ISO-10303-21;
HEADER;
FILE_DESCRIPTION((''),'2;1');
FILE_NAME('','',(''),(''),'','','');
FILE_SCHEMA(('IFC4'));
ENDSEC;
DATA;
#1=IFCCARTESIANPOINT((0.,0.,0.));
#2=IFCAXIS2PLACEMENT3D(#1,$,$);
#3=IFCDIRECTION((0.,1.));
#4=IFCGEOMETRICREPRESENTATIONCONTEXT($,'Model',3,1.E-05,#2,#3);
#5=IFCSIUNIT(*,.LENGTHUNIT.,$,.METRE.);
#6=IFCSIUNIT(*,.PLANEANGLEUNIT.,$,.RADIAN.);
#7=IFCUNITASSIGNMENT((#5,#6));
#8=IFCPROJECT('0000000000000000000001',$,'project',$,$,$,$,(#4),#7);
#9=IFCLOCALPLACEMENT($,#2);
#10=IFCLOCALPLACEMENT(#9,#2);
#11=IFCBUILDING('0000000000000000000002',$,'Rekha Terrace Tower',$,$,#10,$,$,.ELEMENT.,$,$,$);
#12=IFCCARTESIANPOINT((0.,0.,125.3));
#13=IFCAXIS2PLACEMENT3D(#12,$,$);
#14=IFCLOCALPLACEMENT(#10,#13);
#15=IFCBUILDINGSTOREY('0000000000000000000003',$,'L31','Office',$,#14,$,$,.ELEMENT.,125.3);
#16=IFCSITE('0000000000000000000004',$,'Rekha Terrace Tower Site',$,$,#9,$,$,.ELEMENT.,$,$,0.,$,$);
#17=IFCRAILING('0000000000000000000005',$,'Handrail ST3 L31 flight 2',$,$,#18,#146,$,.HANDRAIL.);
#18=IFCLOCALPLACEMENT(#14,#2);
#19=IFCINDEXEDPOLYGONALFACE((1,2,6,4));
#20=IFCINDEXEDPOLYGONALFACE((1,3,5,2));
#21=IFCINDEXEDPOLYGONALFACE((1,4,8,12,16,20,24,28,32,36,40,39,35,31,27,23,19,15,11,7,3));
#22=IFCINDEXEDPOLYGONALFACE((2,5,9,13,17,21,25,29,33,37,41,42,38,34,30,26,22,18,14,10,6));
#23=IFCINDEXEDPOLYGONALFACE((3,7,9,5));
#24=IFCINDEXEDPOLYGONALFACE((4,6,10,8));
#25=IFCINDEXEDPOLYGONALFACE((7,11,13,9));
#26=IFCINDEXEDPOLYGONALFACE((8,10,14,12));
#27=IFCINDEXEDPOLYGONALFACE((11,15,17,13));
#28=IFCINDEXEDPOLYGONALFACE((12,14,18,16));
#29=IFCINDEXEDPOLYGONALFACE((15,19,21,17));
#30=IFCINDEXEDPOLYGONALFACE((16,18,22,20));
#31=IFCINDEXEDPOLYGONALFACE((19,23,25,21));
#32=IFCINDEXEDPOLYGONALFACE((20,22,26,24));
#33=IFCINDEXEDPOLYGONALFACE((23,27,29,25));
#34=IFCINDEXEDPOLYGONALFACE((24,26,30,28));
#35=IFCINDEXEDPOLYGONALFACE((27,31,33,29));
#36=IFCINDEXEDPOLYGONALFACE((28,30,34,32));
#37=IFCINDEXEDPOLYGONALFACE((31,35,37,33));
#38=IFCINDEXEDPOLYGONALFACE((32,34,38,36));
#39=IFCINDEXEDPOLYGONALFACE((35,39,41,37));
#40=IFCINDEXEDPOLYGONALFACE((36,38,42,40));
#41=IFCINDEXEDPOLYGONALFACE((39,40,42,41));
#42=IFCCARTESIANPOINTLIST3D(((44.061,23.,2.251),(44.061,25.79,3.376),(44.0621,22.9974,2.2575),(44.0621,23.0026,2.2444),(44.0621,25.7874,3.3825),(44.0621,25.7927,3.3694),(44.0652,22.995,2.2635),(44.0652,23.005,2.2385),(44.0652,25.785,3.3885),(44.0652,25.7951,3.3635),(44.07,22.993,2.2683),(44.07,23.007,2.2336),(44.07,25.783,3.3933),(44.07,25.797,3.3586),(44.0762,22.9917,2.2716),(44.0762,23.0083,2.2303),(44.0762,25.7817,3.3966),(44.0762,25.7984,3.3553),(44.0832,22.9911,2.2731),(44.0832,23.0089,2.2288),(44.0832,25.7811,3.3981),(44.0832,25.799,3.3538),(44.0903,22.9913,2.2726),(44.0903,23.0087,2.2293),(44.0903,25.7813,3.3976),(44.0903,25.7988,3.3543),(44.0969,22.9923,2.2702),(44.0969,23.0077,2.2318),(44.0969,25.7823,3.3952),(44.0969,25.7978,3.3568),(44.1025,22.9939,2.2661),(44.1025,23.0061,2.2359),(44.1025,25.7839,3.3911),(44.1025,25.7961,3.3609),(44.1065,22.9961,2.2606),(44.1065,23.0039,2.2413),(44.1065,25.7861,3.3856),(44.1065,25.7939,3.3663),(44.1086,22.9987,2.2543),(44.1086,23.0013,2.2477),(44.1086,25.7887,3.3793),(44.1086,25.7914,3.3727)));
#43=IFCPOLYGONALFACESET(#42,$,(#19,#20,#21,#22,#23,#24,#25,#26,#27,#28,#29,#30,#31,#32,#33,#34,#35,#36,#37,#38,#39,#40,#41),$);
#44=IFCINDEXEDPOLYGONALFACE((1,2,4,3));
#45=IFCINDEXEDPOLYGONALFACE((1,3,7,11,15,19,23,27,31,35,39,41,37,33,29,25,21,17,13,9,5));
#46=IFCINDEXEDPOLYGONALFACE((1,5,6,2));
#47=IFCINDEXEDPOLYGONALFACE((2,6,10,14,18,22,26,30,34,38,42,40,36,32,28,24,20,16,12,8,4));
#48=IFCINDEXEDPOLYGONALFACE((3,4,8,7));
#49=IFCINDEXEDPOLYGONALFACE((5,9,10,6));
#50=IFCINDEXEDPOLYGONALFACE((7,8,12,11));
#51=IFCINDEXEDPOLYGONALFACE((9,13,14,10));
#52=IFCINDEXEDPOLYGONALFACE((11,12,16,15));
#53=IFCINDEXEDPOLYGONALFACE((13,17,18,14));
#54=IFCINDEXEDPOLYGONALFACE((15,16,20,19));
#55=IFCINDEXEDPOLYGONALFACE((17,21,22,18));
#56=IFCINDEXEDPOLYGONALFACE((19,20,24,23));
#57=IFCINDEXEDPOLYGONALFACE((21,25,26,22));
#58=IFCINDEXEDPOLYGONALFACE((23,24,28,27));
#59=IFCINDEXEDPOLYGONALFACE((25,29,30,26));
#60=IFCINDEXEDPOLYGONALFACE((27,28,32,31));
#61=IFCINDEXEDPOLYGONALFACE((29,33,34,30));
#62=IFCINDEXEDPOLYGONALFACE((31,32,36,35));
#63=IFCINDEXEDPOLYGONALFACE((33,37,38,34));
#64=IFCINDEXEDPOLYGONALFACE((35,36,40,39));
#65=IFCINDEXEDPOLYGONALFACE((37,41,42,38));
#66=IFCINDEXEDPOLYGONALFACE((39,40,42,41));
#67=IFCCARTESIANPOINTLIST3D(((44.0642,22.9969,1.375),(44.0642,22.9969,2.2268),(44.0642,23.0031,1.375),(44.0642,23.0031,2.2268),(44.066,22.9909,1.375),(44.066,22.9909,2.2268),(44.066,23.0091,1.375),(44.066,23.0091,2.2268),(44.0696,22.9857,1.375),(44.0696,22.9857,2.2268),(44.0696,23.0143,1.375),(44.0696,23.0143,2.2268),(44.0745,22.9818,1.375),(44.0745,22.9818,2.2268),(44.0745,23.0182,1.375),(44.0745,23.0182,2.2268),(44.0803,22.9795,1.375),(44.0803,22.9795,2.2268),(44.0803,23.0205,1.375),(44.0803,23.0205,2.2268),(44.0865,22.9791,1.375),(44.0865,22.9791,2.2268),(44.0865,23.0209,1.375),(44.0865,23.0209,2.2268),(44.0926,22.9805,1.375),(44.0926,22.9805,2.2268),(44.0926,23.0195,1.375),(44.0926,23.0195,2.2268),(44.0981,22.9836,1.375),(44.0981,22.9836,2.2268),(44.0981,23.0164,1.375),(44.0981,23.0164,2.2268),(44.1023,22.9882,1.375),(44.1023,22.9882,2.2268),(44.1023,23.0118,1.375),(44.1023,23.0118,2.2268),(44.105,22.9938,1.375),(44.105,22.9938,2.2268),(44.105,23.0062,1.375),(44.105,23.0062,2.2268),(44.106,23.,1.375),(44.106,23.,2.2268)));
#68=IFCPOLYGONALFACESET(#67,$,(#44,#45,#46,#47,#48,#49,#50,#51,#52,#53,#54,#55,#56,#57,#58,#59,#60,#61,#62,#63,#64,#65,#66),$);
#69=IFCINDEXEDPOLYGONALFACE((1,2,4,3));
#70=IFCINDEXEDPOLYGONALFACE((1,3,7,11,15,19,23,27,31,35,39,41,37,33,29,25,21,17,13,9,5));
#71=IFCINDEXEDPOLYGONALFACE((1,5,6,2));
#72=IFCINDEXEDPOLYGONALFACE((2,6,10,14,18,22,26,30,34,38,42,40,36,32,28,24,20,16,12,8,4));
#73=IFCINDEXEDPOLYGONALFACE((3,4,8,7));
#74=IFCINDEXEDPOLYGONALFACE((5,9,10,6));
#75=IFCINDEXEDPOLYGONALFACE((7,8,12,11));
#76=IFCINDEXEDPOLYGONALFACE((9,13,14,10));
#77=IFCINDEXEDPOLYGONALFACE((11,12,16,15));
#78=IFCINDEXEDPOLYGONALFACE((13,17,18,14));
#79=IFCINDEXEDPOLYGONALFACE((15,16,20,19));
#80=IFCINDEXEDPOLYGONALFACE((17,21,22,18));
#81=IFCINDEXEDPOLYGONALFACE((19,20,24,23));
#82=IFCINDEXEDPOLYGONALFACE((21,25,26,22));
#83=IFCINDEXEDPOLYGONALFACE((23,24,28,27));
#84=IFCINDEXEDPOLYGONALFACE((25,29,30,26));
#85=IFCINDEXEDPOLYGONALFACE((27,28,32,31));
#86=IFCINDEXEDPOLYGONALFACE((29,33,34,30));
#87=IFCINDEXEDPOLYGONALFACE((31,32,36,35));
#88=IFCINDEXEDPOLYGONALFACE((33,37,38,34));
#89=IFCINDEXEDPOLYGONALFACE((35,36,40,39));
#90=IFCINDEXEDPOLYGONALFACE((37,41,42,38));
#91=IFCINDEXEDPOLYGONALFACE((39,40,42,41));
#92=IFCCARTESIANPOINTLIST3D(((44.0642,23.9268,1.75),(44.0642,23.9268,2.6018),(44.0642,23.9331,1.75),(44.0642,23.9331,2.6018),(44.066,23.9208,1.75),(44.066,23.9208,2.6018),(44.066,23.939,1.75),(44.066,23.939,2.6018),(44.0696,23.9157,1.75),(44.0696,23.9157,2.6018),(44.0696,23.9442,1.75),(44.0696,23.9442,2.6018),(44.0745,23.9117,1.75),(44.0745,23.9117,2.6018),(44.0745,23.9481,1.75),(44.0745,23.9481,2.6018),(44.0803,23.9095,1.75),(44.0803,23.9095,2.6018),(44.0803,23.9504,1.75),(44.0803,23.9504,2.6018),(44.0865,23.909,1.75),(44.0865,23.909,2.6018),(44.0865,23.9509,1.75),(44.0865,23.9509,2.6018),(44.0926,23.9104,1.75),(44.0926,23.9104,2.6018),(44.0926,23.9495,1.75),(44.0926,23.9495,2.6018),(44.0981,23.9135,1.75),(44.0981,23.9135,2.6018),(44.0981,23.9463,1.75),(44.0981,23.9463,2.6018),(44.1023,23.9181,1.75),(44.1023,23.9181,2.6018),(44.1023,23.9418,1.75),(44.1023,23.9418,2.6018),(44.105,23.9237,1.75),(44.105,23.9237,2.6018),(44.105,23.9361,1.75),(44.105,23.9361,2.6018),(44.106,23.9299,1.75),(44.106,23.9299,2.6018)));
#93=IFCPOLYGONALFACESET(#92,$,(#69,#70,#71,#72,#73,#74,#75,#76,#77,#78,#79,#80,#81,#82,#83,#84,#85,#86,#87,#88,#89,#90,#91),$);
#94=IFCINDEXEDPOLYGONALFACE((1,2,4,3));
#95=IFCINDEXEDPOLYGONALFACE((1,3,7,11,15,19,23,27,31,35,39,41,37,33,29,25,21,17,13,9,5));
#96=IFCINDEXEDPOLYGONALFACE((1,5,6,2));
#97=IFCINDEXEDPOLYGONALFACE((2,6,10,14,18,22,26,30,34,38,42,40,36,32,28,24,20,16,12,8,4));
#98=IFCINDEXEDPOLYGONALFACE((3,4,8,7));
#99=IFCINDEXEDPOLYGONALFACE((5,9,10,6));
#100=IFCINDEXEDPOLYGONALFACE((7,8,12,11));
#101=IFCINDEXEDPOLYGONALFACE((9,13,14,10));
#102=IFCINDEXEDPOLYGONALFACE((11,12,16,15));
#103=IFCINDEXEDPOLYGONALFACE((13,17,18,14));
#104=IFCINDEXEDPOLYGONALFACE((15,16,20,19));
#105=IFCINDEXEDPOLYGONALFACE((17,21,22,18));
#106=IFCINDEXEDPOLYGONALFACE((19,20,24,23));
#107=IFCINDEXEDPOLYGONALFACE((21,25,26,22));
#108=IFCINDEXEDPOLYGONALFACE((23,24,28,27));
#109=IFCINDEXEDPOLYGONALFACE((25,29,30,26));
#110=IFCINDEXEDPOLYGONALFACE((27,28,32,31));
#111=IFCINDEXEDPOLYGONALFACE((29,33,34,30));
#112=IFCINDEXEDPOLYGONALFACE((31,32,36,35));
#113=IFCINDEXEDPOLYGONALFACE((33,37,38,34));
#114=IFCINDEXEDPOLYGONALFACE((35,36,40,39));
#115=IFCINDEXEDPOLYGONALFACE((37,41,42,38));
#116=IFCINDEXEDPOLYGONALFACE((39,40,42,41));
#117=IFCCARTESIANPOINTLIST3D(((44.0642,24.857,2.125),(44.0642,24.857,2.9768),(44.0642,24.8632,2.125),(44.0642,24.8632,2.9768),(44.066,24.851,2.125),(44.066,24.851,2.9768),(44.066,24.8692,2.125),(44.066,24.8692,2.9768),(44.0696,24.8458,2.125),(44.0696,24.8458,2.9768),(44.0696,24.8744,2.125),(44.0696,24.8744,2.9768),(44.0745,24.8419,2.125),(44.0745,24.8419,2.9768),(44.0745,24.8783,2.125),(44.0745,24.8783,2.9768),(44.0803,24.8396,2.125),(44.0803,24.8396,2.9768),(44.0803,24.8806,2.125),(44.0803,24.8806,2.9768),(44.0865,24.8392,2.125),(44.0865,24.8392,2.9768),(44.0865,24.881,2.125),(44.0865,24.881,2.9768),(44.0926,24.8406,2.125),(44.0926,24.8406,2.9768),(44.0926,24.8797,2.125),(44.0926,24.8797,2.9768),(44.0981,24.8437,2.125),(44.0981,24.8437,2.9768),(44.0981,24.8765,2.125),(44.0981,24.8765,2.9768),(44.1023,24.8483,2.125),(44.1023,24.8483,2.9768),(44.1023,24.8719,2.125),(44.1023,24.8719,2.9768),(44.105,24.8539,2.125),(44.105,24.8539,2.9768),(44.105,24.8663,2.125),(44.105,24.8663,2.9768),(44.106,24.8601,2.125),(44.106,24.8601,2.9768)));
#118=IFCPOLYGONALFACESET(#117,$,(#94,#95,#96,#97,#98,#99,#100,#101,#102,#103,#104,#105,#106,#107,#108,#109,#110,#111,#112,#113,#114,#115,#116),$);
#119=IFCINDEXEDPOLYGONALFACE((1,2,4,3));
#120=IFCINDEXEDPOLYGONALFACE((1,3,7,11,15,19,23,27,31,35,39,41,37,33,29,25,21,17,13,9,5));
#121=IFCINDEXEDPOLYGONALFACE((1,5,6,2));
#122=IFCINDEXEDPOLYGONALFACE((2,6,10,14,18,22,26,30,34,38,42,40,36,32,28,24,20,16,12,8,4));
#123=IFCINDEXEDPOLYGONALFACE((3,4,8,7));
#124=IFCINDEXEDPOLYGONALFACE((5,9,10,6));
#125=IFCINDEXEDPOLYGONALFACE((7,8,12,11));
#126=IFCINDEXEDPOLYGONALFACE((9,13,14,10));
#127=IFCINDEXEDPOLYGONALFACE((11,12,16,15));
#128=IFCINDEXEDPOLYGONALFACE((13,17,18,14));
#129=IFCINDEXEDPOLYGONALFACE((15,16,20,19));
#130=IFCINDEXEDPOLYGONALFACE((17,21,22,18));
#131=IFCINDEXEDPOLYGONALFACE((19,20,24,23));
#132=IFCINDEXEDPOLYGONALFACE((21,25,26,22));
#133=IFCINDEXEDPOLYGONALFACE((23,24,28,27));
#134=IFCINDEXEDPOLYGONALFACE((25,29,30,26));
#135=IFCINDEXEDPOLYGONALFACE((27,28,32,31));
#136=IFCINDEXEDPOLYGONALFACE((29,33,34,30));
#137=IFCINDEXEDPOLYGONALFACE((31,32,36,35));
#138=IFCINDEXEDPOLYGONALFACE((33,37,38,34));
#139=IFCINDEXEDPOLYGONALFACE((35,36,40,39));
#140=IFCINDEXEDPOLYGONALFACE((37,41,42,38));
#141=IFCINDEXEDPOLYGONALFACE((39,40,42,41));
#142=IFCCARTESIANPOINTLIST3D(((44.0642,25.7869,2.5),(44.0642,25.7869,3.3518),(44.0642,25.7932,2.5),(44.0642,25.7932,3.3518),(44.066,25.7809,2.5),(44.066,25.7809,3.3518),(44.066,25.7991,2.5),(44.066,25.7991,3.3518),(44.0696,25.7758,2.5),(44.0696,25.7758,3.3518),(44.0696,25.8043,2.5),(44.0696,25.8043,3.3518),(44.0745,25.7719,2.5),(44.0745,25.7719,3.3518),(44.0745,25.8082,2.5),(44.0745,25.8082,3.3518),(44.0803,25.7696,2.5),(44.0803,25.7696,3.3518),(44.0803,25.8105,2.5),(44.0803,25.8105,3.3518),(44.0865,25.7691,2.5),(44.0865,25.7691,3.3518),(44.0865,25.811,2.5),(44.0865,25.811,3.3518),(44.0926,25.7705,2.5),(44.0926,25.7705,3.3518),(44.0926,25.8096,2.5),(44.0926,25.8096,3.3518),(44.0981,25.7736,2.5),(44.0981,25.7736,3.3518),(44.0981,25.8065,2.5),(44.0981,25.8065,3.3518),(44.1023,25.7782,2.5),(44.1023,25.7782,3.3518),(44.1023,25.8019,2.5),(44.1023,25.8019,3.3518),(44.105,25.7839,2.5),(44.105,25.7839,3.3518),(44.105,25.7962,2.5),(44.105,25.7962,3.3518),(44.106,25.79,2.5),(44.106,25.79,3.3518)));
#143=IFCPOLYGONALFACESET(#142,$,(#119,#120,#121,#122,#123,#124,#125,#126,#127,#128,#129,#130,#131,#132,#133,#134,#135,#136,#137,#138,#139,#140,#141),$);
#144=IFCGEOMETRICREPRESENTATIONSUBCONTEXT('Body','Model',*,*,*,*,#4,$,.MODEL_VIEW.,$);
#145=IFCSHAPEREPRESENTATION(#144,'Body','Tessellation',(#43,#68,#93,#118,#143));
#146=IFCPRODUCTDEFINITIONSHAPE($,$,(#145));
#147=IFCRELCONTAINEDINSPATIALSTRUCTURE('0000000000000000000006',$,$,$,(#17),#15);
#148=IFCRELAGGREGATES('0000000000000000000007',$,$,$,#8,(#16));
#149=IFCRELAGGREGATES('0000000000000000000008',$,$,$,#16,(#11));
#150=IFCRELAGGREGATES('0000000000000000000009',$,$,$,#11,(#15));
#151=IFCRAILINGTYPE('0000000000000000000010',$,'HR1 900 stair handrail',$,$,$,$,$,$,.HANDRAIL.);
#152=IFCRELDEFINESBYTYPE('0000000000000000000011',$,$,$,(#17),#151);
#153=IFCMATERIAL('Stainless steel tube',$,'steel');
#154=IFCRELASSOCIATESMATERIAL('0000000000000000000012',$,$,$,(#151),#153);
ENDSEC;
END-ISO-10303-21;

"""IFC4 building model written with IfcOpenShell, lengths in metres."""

from ifc_helpers import new_model, si_unit, direction, frame, origin, origin_2d, place, context, subcontext, project, spatial, circle, extrude, material, type_object, element, save


model = new_model("IFC4")

# Units and contexts
model_context = context("Model", 3, precision=1e-05, world=origin(), true_north=direction((0.0, 1.0)))
body_context = subcontext(model_context, "Body", "Model", "MODEL_VIEW")
ifc_project = project(units=[si_unit("LENGTHUNIT", "METRE"), si_unit("PLANEANGLEUNIT", "RADIAN")], contexts=[model_context])

# Site, building, storey
site_placement = place(None, origin())
site = spatial("IfcSite", under=ifc_project, at=site_placement, Name="Rekha Terrace Tower Site", CompositionType="ELEMENT", RefElevation=0.0)
building_placement = place(site_placement, origin())
building = spatial("IfcBuilding", under=site, at=building_placement, Name="Rekha Terrace Tower", CompositionType="ELEMENT")
storey_placement = place(building_placement, frame((0.0, 0.0, 125.3)))
storey = spatial("IfcBuildingStorey", under=building, at=storey_placement, Name="L31", Description="Office", CompositionType="ELEMENT", Elevation=125.3)

# Railing
ifc_material_1 = material(Name="Stainless steel tube", Category="steel")
railing_type_1 = type_object("IfcRailingType", Name="HR1 900 stair handrail", PredefinedType="HANDRAIL", material=ifc_material_1)
railing_1_placement = place(storey_placement, frame((44.085, 23.0, 1.375)))
element("IfcRailing", 1, at=railing_1_placement, inside=storey, type_object=railing_type_1, Name="Handrail ST3 L31 flight 2", PredefinedType="HANDRAIL", context=body_context, shape_type="SweptSolid", body=[
    extrude(circle(Radius=0.0239, at=origin_2d()), frame((0.0, 0.0, 0.876), z_axis=(0.0, 0.927443, 0.373964), x_axis=(-1.0, 0.0, 0.0)), (0.0, 0.0, 1.0), 3.0083),
    extrude(circle(Radius=0.021, at=origin_2d()), origin(), (0.0, 0.0, 1.0), 0.8518),
    extrude(circle(Radius=0.021, at=origin_2d()), frame((0.0, 0.9299, 0.375)), (0.0, 0.0, 1.0), 0.8518),
    extrude(circle(Radius=0.021, at=origin_2d()), frame((0.0, 1.8601, 0.75)), (0.0, 0.0, 1.0), 0.8518),
    extrude(circle(Radius=0.021, at=origin_2d()), frame((0.0, 2.79, 1.125)), (0.0, 0.0, 1.0), 0.8518),
])

save(model, "model.ifc")
